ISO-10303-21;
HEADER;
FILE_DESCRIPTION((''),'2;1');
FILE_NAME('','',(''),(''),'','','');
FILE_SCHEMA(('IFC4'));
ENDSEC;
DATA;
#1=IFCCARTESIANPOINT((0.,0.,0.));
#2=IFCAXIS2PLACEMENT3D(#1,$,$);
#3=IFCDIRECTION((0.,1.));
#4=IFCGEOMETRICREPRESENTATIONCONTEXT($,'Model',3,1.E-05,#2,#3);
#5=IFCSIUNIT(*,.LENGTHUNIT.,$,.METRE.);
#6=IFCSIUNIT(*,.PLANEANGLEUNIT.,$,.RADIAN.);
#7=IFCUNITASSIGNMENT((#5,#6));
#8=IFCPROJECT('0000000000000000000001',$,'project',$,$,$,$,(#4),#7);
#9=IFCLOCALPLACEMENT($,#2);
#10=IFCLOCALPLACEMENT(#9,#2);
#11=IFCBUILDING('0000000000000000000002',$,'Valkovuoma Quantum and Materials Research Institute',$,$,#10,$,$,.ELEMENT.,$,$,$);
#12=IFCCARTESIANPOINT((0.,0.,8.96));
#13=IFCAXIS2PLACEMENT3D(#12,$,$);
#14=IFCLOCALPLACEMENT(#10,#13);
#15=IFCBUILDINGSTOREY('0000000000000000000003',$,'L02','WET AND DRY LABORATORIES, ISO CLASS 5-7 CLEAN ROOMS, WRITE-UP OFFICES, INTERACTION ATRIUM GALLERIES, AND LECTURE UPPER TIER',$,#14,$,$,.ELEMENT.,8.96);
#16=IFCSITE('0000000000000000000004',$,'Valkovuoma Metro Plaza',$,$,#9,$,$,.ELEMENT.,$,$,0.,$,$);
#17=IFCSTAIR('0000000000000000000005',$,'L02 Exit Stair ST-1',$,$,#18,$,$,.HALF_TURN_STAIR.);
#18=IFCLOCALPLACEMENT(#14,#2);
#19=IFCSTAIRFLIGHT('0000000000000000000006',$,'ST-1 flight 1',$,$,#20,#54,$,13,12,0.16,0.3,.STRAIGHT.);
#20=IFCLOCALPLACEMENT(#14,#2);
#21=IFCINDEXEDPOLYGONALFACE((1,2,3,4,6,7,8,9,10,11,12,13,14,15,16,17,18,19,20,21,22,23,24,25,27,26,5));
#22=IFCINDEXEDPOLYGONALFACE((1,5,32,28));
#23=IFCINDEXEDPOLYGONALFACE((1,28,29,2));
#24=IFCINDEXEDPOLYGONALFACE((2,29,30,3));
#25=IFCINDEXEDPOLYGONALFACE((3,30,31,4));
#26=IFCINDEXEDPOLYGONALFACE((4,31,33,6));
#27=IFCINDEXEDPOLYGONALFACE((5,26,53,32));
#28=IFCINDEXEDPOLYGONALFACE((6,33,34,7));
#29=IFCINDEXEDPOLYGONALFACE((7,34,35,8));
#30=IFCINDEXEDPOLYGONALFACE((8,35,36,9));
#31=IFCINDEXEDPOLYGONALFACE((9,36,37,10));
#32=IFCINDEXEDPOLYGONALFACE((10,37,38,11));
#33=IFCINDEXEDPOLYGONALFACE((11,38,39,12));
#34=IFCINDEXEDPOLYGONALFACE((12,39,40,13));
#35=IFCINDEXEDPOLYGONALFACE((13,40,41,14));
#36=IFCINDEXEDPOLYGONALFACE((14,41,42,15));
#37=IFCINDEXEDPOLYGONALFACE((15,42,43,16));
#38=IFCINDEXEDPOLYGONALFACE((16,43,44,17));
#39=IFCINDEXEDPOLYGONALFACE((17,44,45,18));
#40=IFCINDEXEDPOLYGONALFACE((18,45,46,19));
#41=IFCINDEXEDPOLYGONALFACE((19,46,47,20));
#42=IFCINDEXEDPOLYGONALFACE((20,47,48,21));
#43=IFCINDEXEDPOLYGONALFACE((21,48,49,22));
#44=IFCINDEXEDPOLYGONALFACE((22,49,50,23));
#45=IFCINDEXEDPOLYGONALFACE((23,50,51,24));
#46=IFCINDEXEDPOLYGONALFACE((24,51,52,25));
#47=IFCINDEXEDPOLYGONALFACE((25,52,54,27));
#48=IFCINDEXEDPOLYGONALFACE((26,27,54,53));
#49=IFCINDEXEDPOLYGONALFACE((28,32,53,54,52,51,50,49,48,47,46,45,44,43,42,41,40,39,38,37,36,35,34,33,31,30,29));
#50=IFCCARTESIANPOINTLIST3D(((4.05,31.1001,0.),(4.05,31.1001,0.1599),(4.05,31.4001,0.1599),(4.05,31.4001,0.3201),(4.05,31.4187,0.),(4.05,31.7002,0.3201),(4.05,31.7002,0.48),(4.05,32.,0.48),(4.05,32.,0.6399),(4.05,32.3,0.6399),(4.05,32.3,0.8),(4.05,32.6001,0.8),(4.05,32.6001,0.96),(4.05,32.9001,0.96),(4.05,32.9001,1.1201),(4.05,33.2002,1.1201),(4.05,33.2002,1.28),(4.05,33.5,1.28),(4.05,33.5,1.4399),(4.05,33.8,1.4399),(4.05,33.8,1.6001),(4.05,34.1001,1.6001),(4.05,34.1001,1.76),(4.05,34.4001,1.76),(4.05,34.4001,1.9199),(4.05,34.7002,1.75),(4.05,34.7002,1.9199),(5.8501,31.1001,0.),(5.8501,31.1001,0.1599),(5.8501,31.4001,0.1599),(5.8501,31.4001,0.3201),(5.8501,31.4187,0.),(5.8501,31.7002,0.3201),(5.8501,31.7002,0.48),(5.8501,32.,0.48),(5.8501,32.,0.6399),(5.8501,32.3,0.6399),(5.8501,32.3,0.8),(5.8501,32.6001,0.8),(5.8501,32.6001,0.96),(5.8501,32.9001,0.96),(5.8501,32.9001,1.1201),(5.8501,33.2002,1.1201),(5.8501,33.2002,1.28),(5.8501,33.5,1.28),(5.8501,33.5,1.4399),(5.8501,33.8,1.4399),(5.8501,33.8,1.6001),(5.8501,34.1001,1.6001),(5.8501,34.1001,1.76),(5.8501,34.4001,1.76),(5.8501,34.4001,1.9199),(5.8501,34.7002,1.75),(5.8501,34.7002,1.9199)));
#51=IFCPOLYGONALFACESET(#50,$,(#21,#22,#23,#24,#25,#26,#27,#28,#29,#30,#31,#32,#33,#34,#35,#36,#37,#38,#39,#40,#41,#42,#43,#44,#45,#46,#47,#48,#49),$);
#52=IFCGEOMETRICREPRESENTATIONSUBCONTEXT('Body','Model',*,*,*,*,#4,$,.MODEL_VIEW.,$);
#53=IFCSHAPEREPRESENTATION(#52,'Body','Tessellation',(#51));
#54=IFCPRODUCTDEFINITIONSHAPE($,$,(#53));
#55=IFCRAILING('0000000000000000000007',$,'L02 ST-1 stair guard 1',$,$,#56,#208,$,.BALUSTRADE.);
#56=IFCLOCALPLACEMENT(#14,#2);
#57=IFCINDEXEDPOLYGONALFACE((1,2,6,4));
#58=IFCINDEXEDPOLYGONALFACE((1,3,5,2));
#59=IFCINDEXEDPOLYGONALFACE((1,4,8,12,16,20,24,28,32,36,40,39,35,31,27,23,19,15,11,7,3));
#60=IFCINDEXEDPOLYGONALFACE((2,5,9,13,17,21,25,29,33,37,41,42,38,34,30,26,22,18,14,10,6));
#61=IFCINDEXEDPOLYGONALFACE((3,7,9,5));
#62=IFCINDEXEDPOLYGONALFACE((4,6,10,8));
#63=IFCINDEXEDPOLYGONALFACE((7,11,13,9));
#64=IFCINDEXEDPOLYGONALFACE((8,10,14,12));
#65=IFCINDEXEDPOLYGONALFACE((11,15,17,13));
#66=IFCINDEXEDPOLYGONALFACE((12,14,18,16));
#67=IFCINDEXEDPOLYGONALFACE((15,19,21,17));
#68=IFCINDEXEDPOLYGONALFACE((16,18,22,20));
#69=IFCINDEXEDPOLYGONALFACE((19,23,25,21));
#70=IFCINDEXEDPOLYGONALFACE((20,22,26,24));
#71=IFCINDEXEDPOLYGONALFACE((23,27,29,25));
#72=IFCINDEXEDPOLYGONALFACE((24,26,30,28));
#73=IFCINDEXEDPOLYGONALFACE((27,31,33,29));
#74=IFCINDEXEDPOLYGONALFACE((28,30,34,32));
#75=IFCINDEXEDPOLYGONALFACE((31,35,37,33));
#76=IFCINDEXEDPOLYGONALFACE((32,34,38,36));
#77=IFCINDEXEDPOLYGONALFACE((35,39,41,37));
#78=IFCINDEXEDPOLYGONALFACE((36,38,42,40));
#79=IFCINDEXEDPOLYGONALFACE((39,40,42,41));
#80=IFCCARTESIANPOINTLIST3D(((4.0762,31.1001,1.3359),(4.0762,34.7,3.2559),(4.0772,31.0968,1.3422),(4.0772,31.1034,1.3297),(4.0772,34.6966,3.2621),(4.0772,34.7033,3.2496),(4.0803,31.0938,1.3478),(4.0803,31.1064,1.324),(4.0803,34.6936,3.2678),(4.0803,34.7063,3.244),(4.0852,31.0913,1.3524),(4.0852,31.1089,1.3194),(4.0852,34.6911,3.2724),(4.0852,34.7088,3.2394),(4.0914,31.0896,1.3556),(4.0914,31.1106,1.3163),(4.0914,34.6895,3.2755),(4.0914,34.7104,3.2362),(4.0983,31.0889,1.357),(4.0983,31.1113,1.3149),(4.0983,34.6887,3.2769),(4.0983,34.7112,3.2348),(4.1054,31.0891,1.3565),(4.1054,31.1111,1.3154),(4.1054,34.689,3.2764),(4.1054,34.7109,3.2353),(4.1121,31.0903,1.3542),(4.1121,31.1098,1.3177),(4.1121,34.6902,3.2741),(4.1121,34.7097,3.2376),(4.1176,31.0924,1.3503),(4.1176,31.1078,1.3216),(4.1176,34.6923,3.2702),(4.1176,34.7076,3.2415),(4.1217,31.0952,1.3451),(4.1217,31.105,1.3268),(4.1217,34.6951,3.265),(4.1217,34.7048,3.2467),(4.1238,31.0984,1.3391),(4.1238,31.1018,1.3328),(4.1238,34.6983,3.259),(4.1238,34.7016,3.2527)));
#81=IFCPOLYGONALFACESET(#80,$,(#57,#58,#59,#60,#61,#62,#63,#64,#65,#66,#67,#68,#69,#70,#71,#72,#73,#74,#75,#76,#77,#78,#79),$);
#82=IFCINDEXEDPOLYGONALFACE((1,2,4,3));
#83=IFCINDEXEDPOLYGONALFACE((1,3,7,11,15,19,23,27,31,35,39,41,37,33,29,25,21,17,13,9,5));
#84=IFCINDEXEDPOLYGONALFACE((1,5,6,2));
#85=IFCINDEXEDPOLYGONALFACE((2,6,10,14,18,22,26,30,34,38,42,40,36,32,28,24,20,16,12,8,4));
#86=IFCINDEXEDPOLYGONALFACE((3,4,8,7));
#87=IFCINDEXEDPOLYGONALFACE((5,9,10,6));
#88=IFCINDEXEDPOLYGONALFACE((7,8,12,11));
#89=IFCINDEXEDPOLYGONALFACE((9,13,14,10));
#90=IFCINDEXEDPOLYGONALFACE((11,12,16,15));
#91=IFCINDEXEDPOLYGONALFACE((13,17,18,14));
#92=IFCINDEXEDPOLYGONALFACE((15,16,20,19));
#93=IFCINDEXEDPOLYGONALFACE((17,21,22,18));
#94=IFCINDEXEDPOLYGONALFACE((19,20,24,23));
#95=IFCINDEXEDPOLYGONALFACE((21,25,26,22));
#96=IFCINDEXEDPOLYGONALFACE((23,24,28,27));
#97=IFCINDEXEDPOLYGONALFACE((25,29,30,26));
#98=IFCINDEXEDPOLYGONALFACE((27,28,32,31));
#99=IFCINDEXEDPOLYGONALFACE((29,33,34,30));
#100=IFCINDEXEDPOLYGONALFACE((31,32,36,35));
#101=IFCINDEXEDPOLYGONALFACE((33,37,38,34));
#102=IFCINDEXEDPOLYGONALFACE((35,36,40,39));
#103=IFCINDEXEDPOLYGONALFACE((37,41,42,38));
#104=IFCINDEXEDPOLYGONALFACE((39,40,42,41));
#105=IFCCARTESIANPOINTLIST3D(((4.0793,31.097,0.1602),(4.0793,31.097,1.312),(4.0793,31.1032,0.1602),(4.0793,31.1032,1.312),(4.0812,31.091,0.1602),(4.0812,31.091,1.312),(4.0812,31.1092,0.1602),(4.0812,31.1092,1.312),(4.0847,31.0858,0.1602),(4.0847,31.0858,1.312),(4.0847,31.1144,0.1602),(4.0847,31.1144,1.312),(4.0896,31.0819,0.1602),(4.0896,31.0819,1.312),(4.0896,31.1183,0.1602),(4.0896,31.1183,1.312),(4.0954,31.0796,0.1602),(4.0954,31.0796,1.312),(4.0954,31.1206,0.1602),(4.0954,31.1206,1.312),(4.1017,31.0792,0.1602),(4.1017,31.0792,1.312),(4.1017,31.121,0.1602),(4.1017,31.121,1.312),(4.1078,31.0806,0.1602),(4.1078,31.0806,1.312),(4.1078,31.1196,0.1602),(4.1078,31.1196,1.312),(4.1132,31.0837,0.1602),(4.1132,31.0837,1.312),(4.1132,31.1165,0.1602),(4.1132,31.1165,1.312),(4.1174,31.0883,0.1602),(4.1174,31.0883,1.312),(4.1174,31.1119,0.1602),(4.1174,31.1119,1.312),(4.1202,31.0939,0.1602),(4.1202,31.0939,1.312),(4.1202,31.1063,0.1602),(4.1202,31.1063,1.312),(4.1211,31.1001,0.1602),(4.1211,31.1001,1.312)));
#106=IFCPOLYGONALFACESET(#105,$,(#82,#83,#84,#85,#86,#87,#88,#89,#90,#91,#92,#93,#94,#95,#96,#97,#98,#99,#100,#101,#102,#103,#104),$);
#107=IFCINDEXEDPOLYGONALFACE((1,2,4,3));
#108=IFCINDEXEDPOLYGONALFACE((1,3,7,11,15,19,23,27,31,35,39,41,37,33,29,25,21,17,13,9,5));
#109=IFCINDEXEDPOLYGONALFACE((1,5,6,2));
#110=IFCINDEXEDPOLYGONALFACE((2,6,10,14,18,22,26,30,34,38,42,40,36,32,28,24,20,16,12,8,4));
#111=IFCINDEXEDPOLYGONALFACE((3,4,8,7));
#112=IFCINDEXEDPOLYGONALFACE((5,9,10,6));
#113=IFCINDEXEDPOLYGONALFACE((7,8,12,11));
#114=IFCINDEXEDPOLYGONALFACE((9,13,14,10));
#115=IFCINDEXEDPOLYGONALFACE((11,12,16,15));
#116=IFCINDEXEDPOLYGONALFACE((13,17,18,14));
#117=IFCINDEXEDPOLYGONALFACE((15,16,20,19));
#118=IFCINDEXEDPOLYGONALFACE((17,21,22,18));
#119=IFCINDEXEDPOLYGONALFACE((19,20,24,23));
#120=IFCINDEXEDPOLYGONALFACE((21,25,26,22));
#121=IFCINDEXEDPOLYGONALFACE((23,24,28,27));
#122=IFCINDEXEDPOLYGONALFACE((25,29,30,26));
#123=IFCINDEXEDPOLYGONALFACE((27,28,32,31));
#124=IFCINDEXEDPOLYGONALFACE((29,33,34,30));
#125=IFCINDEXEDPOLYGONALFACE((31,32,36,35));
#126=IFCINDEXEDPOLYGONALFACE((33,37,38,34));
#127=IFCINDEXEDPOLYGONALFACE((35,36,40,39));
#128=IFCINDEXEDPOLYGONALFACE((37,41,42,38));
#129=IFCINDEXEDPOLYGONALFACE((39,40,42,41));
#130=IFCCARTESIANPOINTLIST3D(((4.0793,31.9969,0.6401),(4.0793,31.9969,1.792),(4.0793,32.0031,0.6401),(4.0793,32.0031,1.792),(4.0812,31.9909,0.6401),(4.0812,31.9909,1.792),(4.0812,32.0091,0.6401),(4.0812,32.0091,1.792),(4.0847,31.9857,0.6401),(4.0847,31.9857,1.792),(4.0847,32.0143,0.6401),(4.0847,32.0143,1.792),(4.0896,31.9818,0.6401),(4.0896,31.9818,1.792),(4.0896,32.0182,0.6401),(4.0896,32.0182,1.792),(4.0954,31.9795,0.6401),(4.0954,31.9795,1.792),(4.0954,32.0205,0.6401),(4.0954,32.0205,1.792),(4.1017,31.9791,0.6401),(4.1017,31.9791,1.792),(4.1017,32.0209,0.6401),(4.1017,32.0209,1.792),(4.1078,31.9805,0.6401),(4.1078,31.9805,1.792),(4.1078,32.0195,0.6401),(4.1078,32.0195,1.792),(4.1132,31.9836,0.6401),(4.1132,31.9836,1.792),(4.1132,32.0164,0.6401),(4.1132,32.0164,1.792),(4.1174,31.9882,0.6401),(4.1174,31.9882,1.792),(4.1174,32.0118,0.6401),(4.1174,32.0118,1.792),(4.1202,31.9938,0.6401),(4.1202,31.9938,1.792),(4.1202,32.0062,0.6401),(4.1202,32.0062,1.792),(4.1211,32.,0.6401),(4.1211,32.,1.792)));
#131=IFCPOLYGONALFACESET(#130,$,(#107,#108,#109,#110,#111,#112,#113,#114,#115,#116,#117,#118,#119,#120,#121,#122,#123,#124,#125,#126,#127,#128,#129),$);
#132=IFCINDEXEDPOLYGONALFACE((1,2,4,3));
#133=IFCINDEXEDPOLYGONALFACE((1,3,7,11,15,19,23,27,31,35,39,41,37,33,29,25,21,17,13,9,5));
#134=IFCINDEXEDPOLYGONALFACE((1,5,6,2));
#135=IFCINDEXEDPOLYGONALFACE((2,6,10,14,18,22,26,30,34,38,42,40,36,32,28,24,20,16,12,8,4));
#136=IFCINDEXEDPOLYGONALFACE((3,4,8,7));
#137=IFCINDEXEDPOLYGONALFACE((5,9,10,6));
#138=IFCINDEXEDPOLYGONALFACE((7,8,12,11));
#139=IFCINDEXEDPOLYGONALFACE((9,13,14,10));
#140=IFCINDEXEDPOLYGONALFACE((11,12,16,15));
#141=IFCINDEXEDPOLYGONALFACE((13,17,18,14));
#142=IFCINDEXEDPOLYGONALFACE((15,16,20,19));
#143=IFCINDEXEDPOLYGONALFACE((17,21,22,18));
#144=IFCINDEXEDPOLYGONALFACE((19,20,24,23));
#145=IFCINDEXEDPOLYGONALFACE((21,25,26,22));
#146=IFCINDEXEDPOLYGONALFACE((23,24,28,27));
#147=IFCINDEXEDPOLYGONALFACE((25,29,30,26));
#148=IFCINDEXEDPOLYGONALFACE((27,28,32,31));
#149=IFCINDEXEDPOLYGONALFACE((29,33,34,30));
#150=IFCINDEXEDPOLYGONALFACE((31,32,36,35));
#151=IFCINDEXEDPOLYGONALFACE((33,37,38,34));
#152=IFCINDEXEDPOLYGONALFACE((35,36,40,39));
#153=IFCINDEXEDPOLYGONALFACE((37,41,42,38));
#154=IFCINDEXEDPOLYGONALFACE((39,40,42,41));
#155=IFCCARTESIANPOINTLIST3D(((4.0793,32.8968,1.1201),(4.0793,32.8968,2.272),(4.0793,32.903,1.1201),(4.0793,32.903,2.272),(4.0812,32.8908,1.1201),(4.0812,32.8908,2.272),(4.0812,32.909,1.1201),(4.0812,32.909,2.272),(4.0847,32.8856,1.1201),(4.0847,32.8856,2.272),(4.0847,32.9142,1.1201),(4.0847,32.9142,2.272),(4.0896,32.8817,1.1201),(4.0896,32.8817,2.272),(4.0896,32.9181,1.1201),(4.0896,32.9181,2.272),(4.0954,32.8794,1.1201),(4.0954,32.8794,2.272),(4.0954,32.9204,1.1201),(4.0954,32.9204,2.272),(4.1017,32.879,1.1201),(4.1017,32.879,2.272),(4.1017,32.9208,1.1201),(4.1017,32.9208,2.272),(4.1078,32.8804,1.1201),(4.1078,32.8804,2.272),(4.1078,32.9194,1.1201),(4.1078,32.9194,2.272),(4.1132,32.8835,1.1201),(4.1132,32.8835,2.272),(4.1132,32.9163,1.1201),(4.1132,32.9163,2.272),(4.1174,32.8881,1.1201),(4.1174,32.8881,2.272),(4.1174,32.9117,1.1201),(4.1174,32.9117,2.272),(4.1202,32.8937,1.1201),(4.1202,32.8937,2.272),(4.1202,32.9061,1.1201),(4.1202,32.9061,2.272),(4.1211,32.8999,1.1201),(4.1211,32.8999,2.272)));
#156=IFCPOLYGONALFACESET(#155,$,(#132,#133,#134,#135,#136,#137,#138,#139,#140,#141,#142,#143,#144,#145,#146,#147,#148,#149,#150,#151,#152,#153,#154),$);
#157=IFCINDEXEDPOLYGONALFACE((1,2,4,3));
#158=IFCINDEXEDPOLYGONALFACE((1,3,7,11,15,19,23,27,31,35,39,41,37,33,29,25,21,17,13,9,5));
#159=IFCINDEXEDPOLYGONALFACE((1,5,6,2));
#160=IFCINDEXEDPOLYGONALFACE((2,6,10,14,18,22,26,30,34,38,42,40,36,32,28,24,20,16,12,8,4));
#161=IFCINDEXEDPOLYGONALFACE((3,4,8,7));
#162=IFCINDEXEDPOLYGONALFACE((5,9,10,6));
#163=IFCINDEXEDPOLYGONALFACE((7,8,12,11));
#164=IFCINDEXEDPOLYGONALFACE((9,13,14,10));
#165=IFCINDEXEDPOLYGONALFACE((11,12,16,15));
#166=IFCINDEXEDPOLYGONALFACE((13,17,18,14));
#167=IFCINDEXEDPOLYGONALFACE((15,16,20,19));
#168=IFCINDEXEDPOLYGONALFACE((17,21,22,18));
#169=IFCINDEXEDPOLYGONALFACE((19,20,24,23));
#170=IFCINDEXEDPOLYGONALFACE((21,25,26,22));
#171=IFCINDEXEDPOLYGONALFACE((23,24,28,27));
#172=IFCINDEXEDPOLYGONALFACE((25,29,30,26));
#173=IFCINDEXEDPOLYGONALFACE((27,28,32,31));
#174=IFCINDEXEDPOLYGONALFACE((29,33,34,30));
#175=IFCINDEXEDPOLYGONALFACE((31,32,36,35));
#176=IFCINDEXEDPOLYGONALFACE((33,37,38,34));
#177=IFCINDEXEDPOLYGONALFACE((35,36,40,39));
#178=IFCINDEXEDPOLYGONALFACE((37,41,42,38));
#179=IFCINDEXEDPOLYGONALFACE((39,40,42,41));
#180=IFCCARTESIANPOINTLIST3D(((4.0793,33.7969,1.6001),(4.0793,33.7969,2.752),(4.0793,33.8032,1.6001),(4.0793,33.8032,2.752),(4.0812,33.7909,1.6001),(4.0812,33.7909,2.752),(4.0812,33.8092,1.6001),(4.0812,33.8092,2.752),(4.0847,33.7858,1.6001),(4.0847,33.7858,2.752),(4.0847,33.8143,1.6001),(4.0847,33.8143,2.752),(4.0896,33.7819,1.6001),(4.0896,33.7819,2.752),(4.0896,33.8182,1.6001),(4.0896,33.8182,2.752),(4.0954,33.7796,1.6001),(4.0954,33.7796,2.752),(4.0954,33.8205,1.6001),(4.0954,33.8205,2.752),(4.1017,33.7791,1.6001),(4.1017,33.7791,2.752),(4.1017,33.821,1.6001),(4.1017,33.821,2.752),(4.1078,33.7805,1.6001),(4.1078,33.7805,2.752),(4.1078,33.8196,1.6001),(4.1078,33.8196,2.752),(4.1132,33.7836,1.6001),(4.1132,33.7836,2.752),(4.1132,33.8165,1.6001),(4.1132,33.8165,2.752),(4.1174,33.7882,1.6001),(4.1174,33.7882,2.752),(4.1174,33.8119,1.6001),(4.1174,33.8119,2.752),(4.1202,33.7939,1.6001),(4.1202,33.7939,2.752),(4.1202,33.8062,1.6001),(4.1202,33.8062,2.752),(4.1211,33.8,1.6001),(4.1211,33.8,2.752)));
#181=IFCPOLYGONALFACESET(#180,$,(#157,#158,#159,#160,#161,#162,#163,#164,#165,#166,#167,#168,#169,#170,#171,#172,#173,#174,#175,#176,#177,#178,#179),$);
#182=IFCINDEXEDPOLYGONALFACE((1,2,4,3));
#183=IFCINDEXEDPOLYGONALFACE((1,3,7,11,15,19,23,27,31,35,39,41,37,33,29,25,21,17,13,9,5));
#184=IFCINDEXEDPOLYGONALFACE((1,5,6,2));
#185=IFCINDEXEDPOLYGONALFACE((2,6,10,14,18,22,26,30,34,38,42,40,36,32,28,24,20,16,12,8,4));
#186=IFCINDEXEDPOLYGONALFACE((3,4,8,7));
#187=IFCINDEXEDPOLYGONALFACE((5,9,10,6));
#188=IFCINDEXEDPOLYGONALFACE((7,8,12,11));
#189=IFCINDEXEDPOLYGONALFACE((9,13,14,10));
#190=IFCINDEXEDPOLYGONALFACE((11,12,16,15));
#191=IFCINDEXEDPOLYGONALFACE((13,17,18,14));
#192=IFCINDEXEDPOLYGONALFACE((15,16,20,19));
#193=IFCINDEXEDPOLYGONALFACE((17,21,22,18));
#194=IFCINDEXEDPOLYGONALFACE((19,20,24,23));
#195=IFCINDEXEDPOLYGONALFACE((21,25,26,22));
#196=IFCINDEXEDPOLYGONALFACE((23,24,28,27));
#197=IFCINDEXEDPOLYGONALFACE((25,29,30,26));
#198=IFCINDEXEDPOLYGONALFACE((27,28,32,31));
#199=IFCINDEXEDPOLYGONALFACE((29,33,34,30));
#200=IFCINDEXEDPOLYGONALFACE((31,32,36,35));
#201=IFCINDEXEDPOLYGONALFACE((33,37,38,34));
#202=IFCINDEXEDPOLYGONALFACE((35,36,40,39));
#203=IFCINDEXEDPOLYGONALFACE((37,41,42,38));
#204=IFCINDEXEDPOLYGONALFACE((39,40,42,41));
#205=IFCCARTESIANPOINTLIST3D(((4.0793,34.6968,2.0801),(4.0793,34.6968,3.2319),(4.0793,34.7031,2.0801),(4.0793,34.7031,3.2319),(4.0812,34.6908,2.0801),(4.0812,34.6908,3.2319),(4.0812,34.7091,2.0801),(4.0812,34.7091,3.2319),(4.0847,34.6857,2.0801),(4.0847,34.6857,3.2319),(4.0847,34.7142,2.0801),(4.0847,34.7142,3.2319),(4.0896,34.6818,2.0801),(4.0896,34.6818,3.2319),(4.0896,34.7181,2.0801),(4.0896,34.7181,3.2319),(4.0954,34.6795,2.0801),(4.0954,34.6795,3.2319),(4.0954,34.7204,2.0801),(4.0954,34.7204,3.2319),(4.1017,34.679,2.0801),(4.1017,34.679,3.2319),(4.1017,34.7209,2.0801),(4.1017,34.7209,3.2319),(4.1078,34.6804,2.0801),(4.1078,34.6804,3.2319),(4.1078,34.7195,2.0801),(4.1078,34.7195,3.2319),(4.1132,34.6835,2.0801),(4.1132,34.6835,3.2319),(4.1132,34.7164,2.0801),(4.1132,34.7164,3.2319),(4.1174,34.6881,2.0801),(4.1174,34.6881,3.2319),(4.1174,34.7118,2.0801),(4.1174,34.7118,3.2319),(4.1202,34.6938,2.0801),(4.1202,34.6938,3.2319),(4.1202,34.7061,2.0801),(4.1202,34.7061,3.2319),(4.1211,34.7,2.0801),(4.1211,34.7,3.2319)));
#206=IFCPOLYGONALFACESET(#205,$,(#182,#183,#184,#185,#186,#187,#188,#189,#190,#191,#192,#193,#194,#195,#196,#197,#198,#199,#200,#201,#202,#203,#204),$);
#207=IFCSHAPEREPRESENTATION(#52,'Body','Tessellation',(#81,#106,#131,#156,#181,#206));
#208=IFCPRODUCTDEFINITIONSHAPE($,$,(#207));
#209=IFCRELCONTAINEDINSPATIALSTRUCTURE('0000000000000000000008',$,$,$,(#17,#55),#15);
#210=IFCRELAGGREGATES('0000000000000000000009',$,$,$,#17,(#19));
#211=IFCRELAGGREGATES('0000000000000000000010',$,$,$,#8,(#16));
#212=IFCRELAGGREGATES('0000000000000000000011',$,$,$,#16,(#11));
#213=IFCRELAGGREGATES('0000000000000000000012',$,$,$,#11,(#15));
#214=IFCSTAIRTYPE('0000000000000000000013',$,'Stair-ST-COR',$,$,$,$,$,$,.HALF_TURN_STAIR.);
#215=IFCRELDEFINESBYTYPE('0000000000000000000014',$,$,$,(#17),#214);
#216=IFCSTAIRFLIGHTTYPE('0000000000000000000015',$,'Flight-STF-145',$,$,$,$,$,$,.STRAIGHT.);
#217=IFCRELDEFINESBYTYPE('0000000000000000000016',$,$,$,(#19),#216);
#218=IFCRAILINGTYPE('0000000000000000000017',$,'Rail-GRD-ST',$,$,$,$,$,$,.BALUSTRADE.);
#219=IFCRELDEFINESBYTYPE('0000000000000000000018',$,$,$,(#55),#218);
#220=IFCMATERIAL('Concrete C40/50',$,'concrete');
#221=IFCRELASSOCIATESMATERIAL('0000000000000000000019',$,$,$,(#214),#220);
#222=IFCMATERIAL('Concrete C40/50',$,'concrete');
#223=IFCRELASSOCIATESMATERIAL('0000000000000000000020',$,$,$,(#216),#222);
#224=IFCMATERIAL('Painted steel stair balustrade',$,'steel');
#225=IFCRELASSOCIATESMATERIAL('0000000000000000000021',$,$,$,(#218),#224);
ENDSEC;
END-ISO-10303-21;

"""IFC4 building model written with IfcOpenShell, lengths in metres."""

from ifc_helpers import new_model, si_unit, direction, frame, origin, origin_2d, place, context, subcontext, project, spatial, polyline, circle, outline, extrude, material, type_object, element, aggregate, save


model = new_model("IFC4")

# Units and contexts
model_context = context("Model", 3, precision=1e-05, world=origin(), true_north=direction((0.0, 1.0)))
body_context = subcontext(model_context, "Body", "Model", "MODEL_VIEW")
ifc_project = project(units=[si_unit("LENGTHUNIT", "METRE"), si_unit("PLANEANGLEUNIT", "RADIAN")], contexts=[model_context])

# Site, building, storey
site_placement = place(None, origin())
site = spatial("IfcSite", under=ifc_project, at=site_placement, Name="Valkovuoma Metro Plaza", CompositionType="ELEMENT", RefElevation=0.0)
building_placement = place(site_placement, origin())
building = spatial("IfcBuilding", under=site, at=building_placement, Name="Valkovuoma Quantum and Materials Research Institute", CompositionType="ELEMENT")
storey_placement = place(building_placement, frame((0.0, 0.0, 8.96)))
storey = spatial("IfcBuildingStorey", under=building, at=storey_placement, Name="L02", Description="WET AND DRY LABORATORIES, ISO CLASS 5-7 CLEAN ROOMS, WRITE-UP OFFICES, INTERACTION ATRIUM GALLERIES, AND LECTURE UPPER TIER", CompositionType="ELEMENT", Elevation=8.96)

# Stair, stair flight
ifc_material_1 = material(Name="Concrete C40/50", Category="concrete")
stair_type = type_object("IfcStairType", Name="Stair-ST-COR", PredefinedType="HALF_TURN_STAIR", material=ifc_material_1)
stair_placement = place(storey_placement, origin())
stair = element("IfcStair", 1, at=stair_placement, inside=storey, type_object=stair_type, Name="L02 Exit Stair ST-1", PredefinedType="HALF_TURN_STAIR")
ifc_material_2 = material(Name="Concrete C40/50", Category="concrete")
stair_flight_type = type_object("IfcStairFlightType", Name="Flight-STF-145", PredefinedType="STRAIGHT", material=ifc_material_2)
stair_flight_placement = place(storey_placement, frame((4.95, 31.1001, 0.0), z_axis=(0.0, 0.0, 1.0), x_axis=(0.0, 1.0, 0.0)))
stair_flight = element("IfcStairFlight", 2, at=stair_flight_placement, type_object=stair_flight_type, Name="ST-1 flight 1", NumberOfRisers=13, NumberOfTreads=12, PredefinedType="STRAIGHT", RiserHeight=0.16, TreadLength=0.3, context=body_context, shape_type="SweptSolid", body=[
    extrude(outline(polyline([(0.0, 0.0), (0.0, 0.1599), (0.3, 0.1599), (0.3, 0.3201), (0.6001, 0.3201), (0.6001, 0.48), (0.8999, 0.48), (0.8999, 0.6399), (1.2, 0.6399), (1.2, 0.8), (1.5, 0.8), (1.5, 0.96), (1.8, 0.96), (1.8, 1.1201), (2.1001, 1.1201), (2.1001, 1.28), (2.3999, 1.28), (2.3999, 1.4399), (2.7, 1.4399), (2.7, 1.6001), (3.0, 1.6001), (3.0, 1.76), (3.3, 1.76), (3.3, 1.9199), (3.6001, 1.9199), (3.6001, 2.0801), (3.6001, 1.75), (0.3186, 0.0), (0.0, 0.0)])), frame((0.0, 0.8999, 0.0), z_axis=(0.0, -1.0, 0.0), x_axis=(1.0, 0.0, 0.0)), (0.0, 0.0, 1.0), 1.8),
])
aggregate(stair, [stair_flight])

# Railing
ifc_material_3 = material(Name="Painted steel stair balustrade", Category="steel")
railing_type_1 = type_object("IfcRailingType", Name="Rail-GRD-ST", PredefinedType="BALUSTRADE", material=ifc_material_3)
railing_1_placement = place(storey_placement, frame((4.1001, 31.1001, 0.1602)))
element("IfcRailing", 3, at=railing_1_placement, inside=storey, type_object=railing_type_1, Name="L02 ST-1 stair guard 1", PredefinedType="BALUSTRADE", context=body_context, shape_type="SweptSolid", body=[
    extrude(circle(Radius=0.0239, at=origin_2d()), frame((0.0, 0.0, 1.1758), z_axis=(0.0, 0.882353, 0.470588), x_axis=(-1.0, 0.0, 0.0)), (0.0, 0.0, 1.0), 4.0798),
    extrude(circle(Radius=0.021, at=origin_2d()), origin(), (0.0, 0.0, 1.0), 1.1519),
    extrude(circle(Radius=0.021, at=origin_2d()), frame((0.0, 0.8999, 0.48)), (0.0, 0.0, 1.0), 1.1519),
    extrude(circle(Radius=0.021, at=origin_2d()), frame((0.0, 1.7998, 0.96)), (0.0, 0.0, 1.0), 1.1519),
    extrude(circle(Radius=0.021, at=origin_2d()), frame((0.0, 2.7, 1.4399)), (0.0, 0.0, 1.0), 1.1519),
    extrude(circle(Radius=0.021, at=origin_2d()), frame((0.0, 3.5999, 1.9199)), (0.0, 0.0, 1.0), 1.1519),
])

save(model, "model.ifc")
